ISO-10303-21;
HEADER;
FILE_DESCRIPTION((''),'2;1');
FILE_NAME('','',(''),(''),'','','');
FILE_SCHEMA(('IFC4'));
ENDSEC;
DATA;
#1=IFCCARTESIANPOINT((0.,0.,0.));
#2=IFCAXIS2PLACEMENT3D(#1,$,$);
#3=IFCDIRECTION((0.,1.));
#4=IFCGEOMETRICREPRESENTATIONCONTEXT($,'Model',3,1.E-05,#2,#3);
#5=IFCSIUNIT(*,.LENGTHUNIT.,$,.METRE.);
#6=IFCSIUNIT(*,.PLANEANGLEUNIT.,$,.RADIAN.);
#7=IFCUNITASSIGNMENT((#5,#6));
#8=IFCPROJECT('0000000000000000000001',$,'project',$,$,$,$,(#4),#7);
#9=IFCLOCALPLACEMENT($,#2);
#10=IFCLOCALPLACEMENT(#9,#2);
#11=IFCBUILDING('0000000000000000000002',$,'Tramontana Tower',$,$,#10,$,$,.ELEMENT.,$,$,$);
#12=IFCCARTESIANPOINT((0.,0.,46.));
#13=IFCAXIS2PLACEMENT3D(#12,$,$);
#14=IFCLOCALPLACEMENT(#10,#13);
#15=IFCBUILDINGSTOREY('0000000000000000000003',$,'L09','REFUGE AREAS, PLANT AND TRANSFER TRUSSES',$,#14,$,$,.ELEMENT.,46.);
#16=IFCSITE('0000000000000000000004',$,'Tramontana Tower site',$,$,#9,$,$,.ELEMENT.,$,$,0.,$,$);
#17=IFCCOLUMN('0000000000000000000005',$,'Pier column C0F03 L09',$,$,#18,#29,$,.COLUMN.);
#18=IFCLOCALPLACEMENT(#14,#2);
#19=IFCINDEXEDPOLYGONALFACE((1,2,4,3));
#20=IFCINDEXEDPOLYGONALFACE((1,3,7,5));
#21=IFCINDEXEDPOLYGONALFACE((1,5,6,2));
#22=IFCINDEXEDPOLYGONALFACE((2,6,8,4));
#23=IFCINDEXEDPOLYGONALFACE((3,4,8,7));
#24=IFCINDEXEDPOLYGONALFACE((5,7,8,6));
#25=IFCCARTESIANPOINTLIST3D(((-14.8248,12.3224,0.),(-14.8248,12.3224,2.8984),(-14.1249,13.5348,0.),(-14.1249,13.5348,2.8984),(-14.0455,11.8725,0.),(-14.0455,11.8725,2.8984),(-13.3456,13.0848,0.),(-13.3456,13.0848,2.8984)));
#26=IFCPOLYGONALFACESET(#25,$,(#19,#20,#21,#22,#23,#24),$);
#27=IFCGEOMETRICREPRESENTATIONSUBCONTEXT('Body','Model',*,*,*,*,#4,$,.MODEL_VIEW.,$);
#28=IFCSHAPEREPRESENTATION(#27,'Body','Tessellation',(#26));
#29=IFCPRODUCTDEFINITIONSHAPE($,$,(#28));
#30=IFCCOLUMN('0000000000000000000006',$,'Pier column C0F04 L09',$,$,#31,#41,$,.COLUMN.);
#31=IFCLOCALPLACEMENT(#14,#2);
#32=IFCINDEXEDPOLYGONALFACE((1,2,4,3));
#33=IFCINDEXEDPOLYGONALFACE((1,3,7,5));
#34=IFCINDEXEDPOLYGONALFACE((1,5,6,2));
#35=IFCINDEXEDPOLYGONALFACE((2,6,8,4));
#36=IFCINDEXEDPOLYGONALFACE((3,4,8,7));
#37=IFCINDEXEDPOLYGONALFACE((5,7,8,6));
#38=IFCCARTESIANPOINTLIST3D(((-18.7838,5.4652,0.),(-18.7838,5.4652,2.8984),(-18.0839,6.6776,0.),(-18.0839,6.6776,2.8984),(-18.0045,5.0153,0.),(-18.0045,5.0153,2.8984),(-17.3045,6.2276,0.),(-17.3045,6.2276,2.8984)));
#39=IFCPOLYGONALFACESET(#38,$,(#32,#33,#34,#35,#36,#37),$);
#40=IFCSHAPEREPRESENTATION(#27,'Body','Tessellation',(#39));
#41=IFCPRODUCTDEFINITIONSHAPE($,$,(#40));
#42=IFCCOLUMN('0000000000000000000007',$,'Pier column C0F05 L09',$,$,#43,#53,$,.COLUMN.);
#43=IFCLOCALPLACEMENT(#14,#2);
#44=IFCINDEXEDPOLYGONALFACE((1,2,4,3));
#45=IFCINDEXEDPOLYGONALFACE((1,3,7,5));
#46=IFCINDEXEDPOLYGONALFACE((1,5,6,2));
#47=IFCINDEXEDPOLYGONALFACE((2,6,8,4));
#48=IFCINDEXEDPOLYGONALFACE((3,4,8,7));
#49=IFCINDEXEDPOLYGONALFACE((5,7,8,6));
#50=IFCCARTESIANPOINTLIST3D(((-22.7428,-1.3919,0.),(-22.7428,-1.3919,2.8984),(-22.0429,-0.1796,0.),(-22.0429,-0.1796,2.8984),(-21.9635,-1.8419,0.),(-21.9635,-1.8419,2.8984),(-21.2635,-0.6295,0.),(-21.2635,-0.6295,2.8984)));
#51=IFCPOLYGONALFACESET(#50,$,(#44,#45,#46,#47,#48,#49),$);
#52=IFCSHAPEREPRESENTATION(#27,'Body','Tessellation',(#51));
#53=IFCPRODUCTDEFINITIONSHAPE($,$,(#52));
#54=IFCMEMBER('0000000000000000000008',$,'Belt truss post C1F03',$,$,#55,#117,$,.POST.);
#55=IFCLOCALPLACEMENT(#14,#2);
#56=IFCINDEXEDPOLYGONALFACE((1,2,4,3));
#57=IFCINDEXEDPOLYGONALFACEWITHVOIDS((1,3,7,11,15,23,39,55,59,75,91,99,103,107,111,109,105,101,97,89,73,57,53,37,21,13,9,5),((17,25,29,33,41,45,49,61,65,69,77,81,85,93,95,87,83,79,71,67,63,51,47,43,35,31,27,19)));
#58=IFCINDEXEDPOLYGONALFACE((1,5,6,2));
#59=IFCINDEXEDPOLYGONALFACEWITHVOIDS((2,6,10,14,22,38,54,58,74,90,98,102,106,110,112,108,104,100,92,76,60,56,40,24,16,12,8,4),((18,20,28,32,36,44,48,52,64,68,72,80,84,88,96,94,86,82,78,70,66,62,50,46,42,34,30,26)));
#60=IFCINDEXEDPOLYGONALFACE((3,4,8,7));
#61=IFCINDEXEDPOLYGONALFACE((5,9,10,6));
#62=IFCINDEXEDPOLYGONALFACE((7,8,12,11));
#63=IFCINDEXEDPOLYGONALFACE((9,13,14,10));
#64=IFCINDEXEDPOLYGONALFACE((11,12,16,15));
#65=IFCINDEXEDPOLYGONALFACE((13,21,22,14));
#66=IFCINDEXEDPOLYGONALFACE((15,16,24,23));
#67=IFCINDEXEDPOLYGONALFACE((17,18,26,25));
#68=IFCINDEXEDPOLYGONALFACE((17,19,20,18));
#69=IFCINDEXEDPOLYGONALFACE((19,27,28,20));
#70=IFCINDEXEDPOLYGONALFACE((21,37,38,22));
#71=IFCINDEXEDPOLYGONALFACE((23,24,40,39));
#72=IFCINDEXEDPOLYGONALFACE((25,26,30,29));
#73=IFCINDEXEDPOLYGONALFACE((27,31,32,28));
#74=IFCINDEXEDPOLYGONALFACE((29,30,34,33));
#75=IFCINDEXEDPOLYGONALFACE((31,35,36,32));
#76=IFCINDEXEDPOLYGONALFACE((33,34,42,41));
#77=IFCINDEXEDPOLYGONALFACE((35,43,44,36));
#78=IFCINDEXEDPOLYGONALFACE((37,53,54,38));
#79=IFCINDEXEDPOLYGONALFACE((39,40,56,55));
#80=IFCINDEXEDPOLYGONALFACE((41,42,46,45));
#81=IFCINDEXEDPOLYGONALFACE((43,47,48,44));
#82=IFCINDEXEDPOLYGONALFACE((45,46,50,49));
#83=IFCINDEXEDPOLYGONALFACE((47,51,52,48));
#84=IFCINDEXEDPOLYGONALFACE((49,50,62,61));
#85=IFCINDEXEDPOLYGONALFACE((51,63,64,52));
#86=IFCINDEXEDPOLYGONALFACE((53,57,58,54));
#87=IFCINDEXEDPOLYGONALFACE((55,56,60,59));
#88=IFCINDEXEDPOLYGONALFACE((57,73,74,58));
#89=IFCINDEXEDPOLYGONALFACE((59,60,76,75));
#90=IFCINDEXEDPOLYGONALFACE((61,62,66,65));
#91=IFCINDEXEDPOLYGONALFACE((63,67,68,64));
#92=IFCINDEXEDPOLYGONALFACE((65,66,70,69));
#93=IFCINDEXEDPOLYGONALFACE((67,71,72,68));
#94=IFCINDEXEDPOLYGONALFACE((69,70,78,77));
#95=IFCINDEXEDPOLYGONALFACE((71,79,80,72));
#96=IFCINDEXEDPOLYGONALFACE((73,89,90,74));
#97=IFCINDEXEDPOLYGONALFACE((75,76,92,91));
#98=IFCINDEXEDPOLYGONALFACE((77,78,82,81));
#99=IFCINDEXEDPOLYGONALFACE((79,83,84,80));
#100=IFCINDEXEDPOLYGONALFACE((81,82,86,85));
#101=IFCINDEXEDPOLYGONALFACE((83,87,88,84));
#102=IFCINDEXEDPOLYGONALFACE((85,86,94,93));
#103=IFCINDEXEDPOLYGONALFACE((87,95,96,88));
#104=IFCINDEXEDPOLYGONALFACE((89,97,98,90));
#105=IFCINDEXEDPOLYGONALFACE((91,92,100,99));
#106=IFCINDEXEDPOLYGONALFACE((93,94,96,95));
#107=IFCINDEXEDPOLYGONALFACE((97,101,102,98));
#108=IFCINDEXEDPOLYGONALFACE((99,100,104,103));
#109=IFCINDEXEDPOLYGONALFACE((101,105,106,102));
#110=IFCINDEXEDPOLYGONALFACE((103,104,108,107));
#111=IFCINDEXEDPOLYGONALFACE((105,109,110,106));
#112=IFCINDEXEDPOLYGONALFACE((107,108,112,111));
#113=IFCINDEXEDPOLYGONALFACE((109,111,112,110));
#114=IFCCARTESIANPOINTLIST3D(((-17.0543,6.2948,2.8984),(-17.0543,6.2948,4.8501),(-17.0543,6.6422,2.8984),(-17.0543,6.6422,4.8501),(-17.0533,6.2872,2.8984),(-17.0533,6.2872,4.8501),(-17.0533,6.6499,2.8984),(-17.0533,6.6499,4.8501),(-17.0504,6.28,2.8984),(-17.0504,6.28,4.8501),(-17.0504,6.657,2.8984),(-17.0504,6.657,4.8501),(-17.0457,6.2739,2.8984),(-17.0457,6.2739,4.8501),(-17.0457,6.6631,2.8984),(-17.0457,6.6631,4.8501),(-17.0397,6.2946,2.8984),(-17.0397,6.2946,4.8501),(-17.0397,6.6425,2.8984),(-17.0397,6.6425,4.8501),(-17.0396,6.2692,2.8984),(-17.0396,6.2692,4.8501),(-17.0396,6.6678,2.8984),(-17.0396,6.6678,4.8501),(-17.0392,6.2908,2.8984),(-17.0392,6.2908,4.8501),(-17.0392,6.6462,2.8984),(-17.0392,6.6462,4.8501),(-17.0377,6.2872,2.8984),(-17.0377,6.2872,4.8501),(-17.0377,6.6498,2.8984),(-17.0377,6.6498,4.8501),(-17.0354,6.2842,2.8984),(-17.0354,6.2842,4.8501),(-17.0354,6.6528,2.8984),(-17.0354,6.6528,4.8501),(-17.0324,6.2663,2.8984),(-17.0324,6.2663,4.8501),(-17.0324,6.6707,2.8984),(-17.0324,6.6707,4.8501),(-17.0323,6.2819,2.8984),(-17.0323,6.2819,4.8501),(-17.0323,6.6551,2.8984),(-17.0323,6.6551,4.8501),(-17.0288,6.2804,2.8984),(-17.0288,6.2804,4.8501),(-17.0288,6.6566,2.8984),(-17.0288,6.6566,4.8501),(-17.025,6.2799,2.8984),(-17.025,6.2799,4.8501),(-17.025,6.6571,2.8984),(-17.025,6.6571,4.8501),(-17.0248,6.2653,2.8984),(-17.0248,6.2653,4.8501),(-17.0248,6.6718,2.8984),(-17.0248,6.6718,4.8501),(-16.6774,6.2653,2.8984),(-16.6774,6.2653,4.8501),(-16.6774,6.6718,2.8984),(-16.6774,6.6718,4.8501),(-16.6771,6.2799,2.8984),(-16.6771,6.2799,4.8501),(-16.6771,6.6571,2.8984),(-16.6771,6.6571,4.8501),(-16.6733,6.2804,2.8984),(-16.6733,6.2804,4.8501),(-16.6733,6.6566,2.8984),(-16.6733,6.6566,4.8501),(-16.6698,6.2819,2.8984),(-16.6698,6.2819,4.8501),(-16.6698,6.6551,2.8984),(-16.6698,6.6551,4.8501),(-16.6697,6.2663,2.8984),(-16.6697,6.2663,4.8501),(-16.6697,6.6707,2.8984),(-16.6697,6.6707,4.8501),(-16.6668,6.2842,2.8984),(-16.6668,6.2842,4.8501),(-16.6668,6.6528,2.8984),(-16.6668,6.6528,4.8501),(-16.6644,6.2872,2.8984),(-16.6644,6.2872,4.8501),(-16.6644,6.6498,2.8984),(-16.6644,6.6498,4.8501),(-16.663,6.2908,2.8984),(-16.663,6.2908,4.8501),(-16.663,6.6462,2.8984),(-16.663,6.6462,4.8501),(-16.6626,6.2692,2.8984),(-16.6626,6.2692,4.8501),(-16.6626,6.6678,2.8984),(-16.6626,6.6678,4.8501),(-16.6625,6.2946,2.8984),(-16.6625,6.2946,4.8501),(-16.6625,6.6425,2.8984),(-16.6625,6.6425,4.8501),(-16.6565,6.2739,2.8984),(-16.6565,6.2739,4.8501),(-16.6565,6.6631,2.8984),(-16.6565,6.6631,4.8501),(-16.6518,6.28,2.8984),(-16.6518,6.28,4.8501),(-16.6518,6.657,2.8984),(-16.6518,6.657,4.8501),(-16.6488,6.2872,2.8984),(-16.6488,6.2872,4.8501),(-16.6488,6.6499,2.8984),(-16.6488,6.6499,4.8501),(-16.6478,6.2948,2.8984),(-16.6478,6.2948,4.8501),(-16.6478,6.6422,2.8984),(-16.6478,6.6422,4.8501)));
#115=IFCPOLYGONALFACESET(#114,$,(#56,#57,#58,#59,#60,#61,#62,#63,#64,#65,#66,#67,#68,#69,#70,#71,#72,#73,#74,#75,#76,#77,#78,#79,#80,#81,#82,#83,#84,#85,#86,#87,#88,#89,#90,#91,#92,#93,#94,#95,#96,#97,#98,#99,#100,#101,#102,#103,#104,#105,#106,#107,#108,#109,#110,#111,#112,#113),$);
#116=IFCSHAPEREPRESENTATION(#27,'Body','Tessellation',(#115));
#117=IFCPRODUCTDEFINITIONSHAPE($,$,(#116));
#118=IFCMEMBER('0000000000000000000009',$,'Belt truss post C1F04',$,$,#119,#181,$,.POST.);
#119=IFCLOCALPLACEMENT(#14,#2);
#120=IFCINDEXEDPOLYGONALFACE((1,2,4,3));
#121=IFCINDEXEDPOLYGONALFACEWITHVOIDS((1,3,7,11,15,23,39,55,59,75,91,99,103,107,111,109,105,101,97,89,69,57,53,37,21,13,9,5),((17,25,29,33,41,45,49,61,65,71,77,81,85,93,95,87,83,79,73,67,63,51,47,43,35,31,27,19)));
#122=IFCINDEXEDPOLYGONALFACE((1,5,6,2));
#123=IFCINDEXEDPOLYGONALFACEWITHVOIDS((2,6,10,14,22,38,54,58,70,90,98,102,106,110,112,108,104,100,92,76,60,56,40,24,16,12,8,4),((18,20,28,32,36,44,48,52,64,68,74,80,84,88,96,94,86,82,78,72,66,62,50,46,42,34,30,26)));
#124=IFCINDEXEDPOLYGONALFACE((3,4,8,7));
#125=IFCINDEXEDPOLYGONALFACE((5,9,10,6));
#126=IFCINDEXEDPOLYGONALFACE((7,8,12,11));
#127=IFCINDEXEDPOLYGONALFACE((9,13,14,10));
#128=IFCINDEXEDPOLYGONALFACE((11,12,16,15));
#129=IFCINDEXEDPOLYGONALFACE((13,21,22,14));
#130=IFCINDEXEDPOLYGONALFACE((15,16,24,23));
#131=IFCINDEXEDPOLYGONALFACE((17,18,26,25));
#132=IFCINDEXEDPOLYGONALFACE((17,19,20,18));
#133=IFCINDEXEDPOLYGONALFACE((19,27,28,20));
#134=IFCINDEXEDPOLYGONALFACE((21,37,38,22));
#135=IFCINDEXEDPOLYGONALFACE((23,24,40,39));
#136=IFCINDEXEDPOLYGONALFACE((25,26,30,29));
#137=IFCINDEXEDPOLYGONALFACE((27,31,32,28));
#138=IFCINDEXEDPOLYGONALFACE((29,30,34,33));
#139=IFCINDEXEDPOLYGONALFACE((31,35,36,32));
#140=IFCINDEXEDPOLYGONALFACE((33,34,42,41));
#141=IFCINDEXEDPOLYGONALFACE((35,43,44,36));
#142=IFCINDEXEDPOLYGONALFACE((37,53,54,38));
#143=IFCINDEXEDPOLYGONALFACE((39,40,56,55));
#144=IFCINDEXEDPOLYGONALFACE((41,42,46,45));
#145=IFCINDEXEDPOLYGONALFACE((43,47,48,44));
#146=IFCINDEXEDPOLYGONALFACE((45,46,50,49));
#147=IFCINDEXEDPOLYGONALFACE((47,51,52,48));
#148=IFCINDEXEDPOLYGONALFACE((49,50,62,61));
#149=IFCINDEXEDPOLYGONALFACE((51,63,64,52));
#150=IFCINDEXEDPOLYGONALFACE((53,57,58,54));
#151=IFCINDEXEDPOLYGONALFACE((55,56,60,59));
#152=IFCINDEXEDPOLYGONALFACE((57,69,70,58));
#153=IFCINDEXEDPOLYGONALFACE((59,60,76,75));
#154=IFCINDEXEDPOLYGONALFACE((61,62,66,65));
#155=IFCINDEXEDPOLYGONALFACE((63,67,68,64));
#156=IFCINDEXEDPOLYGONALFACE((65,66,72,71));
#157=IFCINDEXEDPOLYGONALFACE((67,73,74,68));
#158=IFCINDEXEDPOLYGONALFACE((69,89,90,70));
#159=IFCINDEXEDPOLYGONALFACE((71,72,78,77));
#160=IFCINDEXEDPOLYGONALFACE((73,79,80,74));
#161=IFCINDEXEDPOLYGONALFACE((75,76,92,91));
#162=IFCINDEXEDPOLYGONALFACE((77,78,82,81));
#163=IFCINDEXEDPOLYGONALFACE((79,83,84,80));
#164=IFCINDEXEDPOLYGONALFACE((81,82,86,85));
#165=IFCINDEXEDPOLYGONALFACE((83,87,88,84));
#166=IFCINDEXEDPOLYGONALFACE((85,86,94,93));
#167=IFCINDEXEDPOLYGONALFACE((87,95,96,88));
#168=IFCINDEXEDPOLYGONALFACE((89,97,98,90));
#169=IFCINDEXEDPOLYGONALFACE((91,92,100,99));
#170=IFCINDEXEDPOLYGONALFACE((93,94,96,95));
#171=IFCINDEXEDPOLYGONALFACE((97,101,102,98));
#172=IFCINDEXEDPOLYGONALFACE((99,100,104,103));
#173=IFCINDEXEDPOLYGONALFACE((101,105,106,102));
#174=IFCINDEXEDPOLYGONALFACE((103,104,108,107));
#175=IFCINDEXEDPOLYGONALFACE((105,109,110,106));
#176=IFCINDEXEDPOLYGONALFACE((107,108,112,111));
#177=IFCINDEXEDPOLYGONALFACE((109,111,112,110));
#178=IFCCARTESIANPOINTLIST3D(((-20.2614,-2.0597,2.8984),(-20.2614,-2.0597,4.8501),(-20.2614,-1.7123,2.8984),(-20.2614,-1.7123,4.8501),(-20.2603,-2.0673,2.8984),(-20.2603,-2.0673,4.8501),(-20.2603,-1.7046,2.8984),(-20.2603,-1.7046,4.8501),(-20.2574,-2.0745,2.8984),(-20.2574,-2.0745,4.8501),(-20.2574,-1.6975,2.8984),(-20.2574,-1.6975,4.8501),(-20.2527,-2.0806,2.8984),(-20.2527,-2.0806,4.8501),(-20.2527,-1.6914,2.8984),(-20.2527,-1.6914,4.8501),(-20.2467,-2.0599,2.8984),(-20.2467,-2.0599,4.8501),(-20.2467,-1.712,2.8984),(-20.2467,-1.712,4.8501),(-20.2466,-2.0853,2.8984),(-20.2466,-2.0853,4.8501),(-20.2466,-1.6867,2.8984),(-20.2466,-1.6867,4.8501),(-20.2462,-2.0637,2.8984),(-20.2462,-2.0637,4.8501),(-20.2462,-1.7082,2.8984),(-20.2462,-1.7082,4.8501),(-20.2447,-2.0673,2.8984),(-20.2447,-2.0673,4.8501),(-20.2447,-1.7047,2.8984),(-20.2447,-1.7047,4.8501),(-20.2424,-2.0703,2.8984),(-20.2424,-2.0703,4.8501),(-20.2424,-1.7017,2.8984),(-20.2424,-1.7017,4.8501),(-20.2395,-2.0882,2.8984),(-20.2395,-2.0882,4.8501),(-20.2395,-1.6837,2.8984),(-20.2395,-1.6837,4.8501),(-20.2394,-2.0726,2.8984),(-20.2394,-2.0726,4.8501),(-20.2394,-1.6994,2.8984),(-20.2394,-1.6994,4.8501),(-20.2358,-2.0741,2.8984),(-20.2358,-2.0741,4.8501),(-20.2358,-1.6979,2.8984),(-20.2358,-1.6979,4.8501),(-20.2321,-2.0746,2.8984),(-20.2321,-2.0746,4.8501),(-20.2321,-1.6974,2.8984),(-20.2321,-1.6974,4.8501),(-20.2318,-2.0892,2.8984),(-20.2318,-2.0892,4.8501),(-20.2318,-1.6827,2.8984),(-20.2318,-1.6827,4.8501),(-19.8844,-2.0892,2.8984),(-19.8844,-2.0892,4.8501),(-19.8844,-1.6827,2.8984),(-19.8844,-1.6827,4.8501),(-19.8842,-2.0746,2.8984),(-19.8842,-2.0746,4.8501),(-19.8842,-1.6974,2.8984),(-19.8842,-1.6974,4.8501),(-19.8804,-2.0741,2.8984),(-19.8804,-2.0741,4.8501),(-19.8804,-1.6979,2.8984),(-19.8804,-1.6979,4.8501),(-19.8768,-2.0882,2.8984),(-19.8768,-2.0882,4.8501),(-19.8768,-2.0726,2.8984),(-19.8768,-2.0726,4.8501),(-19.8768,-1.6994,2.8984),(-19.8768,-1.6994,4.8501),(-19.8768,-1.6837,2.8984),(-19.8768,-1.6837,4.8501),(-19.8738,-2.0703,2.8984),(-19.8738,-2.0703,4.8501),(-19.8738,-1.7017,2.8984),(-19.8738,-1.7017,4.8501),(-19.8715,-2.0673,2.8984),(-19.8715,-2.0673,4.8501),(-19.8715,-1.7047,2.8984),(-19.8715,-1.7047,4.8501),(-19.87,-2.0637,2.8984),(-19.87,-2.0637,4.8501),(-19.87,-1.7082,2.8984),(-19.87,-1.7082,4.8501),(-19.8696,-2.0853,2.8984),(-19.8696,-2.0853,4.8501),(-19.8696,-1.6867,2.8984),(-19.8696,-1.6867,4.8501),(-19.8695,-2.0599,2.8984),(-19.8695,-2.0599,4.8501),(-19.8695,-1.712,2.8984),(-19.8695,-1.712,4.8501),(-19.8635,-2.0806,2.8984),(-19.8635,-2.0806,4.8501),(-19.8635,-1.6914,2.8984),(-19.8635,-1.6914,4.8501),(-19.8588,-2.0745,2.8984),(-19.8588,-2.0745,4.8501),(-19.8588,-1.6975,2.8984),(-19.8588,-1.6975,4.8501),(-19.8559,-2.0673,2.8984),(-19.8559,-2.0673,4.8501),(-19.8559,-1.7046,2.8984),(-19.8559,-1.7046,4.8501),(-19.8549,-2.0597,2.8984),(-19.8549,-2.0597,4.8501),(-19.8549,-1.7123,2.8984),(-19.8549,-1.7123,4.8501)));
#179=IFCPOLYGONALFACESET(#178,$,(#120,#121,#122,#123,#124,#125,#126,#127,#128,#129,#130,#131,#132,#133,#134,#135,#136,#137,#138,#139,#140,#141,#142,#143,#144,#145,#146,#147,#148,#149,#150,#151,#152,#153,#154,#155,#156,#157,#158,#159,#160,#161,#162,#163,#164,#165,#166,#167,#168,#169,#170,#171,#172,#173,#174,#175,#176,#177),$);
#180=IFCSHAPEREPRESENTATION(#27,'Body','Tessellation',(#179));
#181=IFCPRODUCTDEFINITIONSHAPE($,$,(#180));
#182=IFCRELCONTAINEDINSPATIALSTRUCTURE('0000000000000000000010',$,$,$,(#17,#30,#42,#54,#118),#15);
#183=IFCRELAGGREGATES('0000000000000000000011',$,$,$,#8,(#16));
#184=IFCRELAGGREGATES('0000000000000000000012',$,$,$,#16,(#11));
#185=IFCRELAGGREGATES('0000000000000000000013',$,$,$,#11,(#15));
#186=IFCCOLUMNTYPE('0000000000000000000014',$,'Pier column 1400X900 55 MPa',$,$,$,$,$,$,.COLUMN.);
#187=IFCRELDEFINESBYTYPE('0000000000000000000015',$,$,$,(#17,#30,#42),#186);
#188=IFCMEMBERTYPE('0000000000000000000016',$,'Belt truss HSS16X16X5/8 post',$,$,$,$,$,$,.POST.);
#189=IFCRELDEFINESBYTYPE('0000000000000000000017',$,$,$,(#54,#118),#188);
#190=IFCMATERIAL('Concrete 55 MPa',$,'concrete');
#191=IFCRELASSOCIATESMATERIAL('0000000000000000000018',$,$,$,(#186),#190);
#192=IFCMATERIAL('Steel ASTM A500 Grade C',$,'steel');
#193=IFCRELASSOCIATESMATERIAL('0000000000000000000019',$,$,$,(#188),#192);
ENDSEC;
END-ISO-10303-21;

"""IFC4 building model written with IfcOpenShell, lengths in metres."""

from ifc_helpers import new_model, si_unit, direction, frame, origin, origin_2d, place, context, subcontext, project, spatial, rectangle, hollow_rectangle, extrude, material, material_profile, profile_set, type_object, element, save


model = new_model("IFC4")

# Units and contexts
model_context = context("Model", 3, precision=1e-05, world=origin(), true_north=direction((0.0, 1.0)))
body_context = subcontext(model_context, "Body", "Model", "MODEL_VIEW")
ifc_project = project(units=[si_unit("LENGTHUNIT", "METRE"), si_unit("PLANEANGLEUNIT", "RADIAN")], contexts=[model_context])

# Site, building, storey
site_placement = place(None, origin())
site = spatial("IfcSite", under=ifc_project, at=site_placement, Name="Tramontana Tower site", CompositionType="ELEMENT", RefElevation=0.0)
building_placement = place(site_placement, origin())
building = spatial("IfcBuilding", under=site, at=building_placement, Name="Tramontana Tower", CompositionType="ELEMENT")
storey_placement = place(building_placement, frame((0.0, 0.0, 46.0)))
storey = spatial("IfcBuildingStorey", under=building, at=storey_placement, Name="L09", Description="REFUGE AREAS, PLANT AND TRANSFER TRUSSES", CompositionType="ELEMENT", Elevation=46.0)

# Columns
ifc_material_1 = material(Name="Concrete 55 MPa", Category="concrete")
ifc_material_profile_1 = material_profile(ifc_material_1, rectangle(XDim=1.3999, YDim=0.8999, at=origin_2d()), Name="Pier column 1400X900 55 MPa")
ifc_profile_set_1 = profile_set([ifc_material_profile_1], Name="Concrete 55 MPa")
column_type = type_object("IfcColumnType", Name="Pier column 1400X900 55 MPa", PredefinedType="COLUMN", material=ifc_profile_set_1)
for number, where, z_axis, x_axis, name in (
    (1, (-14.0852, 12.7036, 0.0), (0.0, 0.0, 1.0), (-0.5, -0.866025, 0.0), "Pier column C0F03 L09"),
    (2, (-18.0442, 5.8464, 0.0), (0.0, 0.0, 1.0), (-0.5, -0.866025, 0.0), "Pier column C0F04 L09"),
    (3, (-22.0032, -1.0107, 0.0), (0.0, 0.0, 1.0), (-0.5, -0.866025, 0.0), "Pier column C0F05 L09"),
):
    element("IfcColumn", number, at=place(storey_placement, frame(where, z_axis=z_axis, x_axis=x_axis)), inside=storey, type_object=column_type, Name=name, PredefinedType="COLUMN", context=body_context, shape_type="SweptSolid", body=[
        extrude(rectangle(XDim=1.3999, YDim=0.8999, at=origin_2d()), origin(), (0.0, 0.0, 1.0), 2.8984),
    ])

# Members
ifc_material_2 = material(Name="Steel ASTM A500 Grade C", Category="steel")
ifc_material_profile_2 = material_profile(ifc_material_2, hollow_rectangle(XDim=0.4065, YDim=0.4065, WallThickness=0.0146, InnerFilletRadius=0.0146, OuterFilletRadius=0.0295, at=origin_2d()), Name="HSS16X16X5/8")
ifc_profile_set_2 = profile_set([ifc_material_profile_2], Name="Steel ASTM A500 Grade C")
member_type_1 = type_object("IfcMemberType", Name="Belt truss HSS16X16X5/8 post", PredefinedType="POST", material=ifc_profile_set_2)
for number, where, z_axis, x_axis, name in (
    (4, (-16.8511, 6.4685, 2.8984), (0.0, 0.0, 1.0), (1.0, 0.0, 0.0), "Belt truss post C1F03"),
    (5, (-20.0581, -1.886, 2.8984), (0.0, 0.0, 1.0), (1.0, 0.0, 0.0), "Belt truss post C1F04"),
):
    element("IfcMember", number, at=place(storey_placement, frame(where, z_axis=z_axis, x_axis=x_axis)), inside=storey, type_object=member_type_1, Name=name, PredefinedType="POST", context=body_context, shape_type="SweptSolid", body=[
        extrude(hollow_rectangle(XDim=0.4065, YDim=0.4065, WallThickness=0.0146, InnerFilletRadius=0.0146, OuterFilletRadius=0.0295, at=origin_2d()), origin(), (0.0, 0.0, 1.0), 1.9517),
    ])

save(model, "model.ifc")
